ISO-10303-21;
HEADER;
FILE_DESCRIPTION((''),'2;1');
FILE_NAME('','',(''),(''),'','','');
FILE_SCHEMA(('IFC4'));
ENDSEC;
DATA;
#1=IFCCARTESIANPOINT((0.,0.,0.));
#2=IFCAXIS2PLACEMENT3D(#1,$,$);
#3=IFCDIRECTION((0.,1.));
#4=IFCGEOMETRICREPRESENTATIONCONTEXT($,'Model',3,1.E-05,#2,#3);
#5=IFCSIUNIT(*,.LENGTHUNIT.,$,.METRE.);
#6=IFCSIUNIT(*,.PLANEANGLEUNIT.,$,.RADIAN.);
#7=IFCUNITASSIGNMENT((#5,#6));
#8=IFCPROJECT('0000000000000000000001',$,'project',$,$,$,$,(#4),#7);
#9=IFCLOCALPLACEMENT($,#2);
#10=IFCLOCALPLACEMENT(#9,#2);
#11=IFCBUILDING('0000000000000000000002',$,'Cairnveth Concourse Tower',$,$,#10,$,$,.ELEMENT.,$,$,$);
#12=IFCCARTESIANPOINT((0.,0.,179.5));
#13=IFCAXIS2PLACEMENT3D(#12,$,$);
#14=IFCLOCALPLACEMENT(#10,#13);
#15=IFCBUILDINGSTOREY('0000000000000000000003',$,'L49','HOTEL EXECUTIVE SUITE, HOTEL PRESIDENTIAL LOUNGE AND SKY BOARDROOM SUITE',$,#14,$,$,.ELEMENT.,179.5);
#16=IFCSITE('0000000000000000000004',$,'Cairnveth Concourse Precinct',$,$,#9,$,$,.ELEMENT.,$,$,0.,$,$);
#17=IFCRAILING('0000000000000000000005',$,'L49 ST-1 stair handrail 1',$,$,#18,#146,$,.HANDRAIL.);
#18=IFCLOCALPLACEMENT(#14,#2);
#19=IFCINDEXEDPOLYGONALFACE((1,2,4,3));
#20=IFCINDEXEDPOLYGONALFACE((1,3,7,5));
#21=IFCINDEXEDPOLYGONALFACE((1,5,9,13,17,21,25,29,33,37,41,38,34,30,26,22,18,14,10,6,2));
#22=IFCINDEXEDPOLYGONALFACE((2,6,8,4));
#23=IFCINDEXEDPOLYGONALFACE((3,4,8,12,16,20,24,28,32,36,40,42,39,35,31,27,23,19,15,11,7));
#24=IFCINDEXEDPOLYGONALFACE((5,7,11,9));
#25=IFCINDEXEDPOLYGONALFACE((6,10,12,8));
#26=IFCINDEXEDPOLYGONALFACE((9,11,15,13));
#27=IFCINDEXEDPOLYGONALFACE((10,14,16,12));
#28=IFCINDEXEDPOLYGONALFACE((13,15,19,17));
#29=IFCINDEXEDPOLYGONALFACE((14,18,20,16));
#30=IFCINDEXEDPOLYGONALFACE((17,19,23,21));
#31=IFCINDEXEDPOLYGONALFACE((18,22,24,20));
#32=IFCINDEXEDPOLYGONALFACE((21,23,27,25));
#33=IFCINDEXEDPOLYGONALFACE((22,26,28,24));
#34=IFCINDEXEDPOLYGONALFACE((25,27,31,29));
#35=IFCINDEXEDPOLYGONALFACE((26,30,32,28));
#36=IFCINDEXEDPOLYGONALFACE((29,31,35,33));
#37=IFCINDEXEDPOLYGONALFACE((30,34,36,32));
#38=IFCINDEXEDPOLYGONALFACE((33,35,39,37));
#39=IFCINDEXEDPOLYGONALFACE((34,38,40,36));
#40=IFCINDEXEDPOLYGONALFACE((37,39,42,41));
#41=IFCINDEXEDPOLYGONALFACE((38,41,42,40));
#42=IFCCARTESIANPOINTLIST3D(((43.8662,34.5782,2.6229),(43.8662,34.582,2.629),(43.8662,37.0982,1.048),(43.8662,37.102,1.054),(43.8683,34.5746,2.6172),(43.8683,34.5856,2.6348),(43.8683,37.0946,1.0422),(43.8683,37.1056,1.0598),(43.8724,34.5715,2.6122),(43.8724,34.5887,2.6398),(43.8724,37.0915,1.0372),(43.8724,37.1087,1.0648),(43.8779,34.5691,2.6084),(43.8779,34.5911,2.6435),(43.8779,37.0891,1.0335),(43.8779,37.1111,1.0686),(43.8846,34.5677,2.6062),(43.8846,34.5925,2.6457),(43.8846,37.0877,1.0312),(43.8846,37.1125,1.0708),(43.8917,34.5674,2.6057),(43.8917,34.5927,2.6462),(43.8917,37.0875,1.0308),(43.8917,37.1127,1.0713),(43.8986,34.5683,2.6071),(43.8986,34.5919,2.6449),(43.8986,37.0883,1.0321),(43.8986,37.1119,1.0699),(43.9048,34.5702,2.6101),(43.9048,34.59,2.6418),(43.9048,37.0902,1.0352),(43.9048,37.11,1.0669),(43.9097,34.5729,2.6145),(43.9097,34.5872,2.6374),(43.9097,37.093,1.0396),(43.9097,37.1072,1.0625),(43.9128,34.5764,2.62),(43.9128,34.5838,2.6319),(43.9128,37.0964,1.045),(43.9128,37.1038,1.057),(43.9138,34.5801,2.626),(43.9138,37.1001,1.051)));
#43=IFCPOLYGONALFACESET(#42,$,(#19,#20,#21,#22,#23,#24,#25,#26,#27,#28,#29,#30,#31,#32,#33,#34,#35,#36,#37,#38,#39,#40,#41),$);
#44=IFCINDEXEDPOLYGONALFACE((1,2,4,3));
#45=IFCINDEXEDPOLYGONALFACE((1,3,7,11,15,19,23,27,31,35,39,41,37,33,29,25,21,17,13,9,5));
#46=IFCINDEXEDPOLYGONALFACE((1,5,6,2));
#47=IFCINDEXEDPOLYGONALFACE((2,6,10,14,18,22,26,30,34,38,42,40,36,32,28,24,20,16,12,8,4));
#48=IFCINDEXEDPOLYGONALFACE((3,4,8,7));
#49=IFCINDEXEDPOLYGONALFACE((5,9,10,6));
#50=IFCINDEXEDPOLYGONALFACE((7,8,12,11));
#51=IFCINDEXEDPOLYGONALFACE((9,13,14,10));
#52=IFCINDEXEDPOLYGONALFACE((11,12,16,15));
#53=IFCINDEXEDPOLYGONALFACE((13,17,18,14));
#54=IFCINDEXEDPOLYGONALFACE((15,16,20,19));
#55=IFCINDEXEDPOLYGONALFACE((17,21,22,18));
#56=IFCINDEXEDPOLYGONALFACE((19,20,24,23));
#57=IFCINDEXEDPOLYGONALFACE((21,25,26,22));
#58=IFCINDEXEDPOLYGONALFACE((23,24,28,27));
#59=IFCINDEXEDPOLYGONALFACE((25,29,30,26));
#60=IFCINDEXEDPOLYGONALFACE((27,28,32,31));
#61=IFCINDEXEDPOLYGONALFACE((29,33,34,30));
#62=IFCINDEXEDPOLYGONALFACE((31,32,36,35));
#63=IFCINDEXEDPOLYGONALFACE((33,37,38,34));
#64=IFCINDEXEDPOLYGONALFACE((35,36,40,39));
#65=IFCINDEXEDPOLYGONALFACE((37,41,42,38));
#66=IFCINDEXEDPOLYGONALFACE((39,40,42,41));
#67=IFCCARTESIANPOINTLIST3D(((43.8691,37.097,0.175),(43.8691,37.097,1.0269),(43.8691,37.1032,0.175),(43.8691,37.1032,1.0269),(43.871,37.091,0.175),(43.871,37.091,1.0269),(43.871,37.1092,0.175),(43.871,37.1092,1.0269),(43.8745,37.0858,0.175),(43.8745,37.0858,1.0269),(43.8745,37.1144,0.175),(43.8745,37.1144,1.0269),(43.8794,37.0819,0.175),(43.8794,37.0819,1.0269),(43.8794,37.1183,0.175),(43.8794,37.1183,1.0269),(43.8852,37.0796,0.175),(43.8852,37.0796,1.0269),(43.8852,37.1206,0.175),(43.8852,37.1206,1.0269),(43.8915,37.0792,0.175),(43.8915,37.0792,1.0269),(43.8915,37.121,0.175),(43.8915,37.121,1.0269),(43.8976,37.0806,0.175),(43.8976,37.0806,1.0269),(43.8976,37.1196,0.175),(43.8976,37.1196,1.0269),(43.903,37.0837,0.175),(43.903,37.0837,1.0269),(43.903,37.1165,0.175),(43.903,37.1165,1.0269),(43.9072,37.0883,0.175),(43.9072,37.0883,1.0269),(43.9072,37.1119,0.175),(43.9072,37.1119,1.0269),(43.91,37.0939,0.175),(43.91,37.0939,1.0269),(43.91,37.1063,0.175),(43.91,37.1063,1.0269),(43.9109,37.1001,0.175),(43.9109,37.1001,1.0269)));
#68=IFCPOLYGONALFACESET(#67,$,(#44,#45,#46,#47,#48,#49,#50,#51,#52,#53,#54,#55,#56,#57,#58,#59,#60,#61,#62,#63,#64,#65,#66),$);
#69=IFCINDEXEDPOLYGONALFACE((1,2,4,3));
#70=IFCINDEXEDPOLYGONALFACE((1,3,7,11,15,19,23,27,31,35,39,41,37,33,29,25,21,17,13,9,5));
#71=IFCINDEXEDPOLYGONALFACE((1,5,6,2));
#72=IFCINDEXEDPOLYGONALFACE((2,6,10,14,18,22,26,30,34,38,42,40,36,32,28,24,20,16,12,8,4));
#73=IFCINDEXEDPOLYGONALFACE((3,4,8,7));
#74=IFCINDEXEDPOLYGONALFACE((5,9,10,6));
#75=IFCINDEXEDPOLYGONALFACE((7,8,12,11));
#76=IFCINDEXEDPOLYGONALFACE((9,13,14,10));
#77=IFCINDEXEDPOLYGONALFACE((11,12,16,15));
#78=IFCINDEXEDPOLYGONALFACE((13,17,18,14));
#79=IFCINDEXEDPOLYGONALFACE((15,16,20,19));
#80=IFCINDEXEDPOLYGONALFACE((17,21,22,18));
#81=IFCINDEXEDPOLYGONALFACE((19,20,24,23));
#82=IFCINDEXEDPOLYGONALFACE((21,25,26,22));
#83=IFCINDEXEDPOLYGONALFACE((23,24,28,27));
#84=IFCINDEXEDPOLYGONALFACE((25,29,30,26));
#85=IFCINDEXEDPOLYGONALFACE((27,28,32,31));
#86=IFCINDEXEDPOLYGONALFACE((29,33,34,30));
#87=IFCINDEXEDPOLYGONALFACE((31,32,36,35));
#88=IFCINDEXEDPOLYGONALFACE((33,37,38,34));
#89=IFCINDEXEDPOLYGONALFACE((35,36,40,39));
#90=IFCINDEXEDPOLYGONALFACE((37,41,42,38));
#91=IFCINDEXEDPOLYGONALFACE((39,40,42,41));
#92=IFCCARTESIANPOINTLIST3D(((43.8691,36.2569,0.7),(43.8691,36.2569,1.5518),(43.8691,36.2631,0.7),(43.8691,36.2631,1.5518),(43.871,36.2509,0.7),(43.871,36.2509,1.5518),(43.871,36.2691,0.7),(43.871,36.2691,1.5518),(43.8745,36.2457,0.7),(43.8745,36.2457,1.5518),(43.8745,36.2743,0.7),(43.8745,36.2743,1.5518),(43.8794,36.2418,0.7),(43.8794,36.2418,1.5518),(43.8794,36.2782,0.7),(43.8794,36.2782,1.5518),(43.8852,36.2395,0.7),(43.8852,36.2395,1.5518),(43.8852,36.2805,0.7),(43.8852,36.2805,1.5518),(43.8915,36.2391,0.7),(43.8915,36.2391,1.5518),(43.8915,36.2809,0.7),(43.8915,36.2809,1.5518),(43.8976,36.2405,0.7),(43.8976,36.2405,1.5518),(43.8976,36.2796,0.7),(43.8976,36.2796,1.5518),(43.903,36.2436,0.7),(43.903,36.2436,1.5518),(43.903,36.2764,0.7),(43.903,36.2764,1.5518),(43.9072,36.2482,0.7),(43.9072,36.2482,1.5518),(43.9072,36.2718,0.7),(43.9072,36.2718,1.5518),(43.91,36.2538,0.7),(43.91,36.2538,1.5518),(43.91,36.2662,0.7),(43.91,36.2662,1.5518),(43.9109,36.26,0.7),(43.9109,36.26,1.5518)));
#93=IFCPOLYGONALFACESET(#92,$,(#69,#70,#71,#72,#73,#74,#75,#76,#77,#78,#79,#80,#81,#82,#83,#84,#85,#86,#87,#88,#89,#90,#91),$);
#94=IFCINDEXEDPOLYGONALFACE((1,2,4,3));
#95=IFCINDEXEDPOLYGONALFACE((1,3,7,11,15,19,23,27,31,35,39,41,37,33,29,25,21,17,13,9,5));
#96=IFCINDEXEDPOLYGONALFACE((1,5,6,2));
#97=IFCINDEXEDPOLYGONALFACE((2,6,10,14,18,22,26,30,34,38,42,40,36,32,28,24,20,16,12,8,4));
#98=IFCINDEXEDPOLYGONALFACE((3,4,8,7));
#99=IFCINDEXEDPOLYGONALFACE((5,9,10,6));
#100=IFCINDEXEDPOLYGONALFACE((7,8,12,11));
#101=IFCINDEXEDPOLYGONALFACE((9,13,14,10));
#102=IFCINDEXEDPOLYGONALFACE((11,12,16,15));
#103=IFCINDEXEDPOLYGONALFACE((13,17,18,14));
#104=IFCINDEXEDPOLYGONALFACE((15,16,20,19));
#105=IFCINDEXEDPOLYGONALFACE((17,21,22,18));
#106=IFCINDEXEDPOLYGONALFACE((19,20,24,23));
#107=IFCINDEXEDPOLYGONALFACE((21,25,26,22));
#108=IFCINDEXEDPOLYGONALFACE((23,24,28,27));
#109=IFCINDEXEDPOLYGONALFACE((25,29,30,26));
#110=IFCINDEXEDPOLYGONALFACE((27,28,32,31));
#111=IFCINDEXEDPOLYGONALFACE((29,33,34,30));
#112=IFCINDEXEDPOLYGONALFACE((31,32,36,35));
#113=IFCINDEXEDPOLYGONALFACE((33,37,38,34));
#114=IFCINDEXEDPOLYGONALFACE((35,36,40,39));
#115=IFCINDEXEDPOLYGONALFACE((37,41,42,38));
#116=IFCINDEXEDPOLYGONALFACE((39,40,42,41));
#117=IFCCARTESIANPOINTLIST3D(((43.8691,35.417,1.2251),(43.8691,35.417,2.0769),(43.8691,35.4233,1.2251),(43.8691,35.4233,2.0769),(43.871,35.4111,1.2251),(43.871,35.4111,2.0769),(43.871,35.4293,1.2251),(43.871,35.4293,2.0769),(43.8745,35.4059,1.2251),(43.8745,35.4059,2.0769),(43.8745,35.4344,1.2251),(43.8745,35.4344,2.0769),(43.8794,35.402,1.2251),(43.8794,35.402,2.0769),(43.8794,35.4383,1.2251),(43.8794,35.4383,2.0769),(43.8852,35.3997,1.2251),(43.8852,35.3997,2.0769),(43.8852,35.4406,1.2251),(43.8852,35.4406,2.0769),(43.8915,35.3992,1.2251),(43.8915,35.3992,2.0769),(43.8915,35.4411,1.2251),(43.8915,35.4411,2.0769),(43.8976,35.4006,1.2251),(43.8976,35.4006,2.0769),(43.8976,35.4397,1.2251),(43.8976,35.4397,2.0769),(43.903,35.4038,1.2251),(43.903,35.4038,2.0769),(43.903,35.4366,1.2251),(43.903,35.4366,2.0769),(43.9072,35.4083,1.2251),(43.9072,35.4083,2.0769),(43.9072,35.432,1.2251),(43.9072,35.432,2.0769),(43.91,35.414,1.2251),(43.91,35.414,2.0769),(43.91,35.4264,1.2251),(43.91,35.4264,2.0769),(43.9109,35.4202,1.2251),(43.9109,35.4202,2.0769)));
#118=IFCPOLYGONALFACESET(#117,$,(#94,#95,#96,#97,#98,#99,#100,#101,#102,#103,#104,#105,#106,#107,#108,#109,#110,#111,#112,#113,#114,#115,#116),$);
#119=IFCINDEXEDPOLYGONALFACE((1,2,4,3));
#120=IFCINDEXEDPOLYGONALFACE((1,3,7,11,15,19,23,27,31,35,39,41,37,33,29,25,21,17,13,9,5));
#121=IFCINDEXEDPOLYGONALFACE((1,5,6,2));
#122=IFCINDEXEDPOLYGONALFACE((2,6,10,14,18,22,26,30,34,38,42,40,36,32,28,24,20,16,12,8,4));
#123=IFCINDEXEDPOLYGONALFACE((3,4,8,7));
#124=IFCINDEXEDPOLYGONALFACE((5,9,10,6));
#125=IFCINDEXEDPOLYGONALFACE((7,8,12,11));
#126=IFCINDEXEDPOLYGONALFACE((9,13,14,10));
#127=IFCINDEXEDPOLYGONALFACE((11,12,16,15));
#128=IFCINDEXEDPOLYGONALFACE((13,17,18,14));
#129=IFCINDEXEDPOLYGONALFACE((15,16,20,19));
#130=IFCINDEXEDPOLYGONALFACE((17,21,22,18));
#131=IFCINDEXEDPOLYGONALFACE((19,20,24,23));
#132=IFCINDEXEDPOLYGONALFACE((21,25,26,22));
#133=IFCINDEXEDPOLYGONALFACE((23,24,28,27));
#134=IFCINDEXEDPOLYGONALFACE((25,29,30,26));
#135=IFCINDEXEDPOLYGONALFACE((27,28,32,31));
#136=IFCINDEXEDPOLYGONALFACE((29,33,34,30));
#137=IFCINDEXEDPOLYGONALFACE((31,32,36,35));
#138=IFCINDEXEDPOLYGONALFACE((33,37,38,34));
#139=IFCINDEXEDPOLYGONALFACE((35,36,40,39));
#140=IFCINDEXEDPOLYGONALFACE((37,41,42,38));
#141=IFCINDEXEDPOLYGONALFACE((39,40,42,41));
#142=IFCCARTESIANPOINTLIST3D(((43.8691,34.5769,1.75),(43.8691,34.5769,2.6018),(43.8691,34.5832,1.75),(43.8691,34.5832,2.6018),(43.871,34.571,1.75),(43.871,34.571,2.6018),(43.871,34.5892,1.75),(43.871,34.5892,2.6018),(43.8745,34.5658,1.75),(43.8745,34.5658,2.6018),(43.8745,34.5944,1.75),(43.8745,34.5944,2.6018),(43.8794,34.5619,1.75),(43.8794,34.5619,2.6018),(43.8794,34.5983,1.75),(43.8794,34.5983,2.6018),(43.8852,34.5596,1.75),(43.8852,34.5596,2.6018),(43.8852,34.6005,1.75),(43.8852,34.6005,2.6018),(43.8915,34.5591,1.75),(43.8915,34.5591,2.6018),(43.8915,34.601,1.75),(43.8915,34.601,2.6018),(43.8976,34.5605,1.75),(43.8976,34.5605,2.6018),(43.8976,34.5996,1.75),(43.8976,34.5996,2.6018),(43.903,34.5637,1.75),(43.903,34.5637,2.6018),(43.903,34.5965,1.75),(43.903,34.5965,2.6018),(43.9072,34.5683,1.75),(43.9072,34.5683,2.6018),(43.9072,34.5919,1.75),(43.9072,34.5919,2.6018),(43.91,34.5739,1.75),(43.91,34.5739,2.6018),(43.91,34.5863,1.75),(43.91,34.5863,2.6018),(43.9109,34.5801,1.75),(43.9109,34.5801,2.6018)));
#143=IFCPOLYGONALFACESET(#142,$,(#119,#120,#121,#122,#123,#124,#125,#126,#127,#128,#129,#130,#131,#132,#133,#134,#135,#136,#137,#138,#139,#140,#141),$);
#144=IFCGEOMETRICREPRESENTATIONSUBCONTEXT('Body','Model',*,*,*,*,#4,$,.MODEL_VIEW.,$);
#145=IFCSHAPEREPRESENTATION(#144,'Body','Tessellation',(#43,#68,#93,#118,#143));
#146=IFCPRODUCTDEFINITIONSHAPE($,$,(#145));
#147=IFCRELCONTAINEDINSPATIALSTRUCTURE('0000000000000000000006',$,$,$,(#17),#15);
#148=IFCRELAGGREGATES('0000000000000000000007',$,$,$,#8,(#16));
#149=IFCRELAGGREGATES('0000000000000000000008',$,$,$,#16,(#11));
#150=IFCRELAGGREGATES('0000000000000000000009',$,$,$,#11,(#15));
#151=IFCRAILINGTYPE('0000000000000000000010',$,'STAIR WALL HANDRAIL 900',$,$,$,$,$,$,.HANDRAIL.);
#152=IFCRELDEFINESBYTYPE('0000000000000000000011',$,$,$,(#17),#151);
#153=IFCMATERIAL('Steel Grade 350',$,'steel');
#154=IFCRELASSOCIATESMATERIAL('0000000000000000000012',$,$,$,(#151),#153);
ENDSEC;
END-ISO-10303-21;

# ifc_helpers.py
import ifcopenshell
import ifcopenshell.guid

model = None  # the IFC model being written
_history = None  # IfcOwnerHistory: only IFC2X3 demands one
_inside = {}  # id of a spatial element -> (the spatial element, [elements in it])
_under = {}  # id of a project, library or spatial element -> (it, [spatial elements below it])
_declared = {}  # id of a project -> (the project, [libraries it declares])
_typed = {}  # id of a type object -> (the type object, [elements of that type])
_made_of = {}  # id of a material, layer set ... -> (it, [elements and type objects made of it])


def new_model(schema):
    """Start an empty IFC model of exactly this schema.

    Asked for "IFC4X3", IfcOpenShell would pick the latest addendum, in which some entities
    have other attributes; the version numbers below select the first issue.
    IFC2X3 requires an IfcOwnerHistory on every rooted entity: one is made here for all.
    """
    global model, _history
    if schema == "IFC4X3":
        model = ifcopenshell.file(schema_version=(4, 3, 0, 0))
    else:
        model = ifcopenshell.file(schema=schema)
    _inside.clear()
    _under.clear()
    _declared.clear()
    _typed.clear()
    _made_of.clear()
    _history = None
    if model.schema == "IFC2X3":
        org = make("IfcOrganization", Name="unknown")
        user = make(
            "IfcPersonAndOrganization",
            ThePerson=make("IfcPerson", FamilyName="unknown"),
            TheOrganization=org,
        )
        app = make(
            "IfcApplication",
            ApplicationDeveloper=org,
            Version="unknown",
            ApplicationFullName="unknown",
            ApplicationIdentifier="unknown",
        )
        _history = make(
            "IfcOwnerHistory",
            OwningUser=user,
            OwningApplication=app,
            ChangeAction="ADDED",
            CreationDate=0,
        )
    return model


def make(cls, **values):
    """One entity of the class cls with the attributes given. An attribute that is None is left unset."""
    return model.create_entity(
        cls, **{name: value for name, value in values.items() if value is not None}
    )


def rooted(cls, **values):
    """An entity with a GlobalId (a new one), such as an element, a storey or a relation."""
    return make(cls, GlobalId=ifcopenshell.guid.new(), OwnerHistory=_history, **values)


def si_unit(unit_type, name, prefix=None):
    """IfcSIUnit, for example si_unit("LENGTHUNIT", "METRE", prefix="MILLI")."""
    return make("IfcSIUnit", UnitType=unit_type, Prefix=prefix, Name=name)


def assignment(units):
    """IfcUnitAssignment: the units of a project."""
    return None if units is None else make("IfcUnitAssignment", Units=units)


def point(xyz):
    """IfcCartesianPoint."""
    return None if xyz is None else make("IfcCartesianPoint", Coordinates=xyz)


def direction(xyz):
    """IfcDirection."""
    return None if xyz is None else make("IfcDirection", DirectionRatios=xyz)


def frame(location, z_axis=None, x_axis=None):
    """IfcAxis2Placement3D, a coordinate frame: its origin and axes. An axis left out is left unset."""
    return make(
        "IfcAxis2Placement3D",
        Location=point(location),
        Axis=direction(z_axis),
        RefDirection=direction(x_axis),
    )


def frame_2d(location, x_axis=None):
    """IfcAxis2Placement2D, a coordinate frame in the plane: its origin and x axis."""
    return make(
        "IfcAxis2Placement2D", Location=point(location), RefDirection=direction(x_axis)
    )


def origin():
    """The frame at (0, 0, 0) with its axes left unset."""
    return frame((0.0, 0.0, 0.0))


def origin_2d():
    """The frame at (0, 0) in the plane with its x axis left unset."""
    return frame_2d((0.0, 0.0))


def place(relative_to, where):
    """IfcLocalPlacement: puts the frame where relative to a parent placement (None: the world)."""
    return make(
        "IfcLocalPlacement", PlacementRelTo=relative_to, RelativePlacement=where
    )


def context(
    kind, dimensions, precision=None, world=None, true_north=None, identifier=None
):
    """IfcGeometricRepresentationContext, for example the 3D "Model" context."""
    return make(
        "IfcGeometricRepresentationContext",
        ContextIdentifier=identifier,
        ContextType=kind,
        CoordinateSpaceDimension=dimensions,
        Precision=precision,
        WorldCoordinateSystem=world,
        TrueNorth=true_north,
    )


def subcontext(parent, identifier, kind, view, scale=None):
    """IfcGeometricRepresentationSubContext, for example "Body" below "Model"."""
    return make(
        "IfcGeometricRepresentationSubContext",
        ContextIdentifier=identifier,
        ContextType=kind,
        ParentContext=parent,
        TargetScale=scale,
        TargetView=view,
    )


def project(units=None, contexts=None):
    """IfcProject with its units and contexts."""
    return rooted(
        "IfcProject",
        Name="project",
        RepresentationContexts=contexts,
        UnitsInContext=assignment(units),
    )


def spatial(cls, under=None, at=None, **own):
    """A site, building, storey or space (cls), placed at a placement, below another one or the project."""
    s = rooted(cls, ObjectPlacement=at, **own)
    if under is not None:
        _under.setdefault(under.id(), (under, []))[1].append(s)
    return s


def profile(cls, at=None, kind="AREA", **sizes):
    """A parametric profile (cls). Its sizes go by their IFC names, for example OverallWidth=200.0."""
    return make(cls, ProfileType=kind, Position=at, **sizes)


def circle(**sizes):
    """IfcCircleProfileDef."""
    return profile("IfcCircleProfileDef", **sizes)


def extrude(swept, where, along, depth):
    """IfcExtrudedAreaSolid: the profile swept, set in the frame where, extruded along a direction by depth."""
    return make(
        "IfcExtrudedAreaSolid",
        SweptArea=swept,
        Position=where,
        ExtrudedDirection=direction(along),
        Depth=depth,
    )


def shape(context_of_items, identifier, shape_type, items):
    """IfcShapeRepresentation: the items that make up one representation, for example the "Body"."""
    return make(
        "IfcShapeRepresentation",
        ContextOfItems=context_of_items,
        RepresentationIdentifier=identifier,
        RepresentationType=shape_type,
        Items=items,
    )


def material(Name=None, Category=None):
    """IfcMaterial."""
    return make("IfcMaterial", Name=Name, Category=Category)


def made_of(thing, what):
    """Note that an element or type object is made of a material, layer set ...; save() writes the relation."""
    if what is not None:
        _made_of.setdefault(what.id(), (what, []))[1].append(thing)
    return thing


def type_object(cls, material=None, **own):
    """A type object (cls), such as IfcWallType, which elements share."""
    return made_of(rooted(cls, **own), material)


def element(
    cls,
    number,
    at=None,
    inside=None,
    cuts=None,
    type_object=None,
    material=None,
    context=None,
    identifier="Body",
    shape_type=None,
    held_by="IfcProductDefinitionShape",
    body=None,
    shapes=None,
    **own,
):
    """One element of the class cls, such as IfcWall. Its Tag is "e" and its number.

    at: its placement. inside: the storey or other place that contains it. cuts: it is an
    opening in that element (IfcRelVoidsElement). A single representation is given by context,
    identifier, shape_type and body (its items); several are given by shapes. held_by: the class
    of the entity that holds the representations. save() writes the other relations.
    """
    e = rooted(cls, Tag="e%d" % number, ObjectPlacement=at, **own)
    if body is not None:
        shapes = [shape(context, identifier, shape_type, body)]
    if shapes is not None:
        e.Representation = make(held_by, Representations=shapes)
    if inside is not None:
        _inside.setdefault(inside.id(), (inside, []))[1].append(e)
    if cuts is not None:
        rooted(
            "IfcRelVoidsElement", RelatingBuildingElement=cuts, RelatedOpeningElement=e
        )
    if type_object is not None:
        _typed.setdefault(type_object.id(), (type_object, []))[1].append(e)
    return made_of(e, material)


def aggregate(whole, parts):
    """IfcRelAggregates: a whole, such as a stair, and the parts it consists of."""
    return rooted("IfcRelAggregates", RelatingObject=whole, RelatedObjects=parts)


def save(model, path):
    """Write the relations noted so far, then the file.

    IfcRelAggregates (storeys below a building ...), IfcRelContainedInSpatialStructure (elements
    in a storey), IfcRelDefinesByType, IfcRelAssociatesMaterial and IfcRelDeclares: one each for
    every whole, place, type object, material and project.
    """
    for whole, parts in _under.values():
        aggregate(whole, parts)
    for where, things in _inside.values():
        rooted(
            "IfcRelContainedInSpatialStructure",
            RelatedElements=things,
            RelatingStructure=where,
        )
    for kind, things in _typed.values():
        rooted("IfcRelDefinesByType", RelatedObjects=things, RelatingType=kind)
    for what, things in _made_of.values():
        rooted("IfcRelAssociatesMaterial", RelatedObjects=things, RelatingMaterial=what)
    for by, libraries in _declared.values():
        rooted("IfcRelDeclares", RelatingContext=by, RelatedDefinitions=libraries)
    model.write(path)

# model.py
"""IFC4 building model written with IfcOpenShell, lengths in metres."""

from ifc_helpers import new_model, si_unit, direction, frame, origin, origin_2d, place, context, subcontext, project, spatial, circle, extrude, material, type_object, element, save


model = new_model("IFC4")

# Units and contexts
model_context = context("Model", 3, precision=1e-05, world=origin(), true_north=direction((0.0, 1.0)))
body_context = subcontext(model_context, "Body", "Model", "MODEL_VIEW")
ifc_project = project(units=[si_unit("LENGTHUNIT", "METRE"), si_unit("PLANEANGLEUNIT", "RADIAN")], contexts=[model_context])

# Site, building, storey
site_placement = place(None, origin())
site = spatial("IfcSite", under=ifc_project, at=site_placement, Name="Cairnveth Concourse Precinct", CompositionType="ELEMENT", RefElevation=0.0)
building_placement = place(site_placement, origin())
building = spatial("IfcBuilding", under=site, at=building_placement, Name="Cairnveth Concourse Tower", CompositionType="ELEMENT")
storey_placement = place(building_placement, frame((0.0, 0.0, 179.5)))
storey = spatial("IfcBuildingStorey", under=building, at=storey_placement, Name="L49", Description="HOTEL EXECUTIVE SUITE, HOTEL PRESIDENTIAL LOUNGE AND SKY BOARDROOM SUITE", CompositionType="ELEMENT", Elevation=179.5)

# Shared definitions
ifc_material_1 = material(Name="Steel Grade 350", Category="steel")

# Railing
railing_type_1 = type_object("IfcRailingType", Name="STAIR WALL HANDRAIL 900", PredefinedType="HANDRAIL", material=ifc_material_1)
railing_1_placement = place(storey_placement, frame((43.8899, 37.1001, 0.175)))
element("IfcRailing", 1, at=railing_1_placement, inside=storey, type_object=railing_type_1, Name="L49 ST-1 stair handrail 1", PredefinedType="HANDRAIL", context=body_context, shape_type="SweptSolid", body=[
    extrude(circle(Radius=0.0239, at=origin_2d()), frame((0.0, 0.0, 0.876), z_axis=(0.0, -0.848008, 0.529984), x_axis=(1.0, 0.0, 0.0)), (0.0, 0.0, 1.0), 2.9717),
    extrude(circle(Radius=0.021, at=origin_2d()), origin(), (0.0, 0.0, 1.0), 0.8518),
    extrude(circle(Radius=0.021, at=origin_2d()), frame((0.0, -0.8401, 0.5249)), (0.0, 0.0, 1.0), 0.8518),
    extrude(circle(Radius=0.021, at=origin_2d()), frame((0.0, -1.6799, 1.05)), (0.0, 0.0, 1.0), 0.8518),
    extrude(circle(Radius=0.021, at=origin_2d()), frame((0.0, -2.52, 1.575)), (0.0, 0.0, 1.0), 0.8518),
])

save(model, "model.ifc")
